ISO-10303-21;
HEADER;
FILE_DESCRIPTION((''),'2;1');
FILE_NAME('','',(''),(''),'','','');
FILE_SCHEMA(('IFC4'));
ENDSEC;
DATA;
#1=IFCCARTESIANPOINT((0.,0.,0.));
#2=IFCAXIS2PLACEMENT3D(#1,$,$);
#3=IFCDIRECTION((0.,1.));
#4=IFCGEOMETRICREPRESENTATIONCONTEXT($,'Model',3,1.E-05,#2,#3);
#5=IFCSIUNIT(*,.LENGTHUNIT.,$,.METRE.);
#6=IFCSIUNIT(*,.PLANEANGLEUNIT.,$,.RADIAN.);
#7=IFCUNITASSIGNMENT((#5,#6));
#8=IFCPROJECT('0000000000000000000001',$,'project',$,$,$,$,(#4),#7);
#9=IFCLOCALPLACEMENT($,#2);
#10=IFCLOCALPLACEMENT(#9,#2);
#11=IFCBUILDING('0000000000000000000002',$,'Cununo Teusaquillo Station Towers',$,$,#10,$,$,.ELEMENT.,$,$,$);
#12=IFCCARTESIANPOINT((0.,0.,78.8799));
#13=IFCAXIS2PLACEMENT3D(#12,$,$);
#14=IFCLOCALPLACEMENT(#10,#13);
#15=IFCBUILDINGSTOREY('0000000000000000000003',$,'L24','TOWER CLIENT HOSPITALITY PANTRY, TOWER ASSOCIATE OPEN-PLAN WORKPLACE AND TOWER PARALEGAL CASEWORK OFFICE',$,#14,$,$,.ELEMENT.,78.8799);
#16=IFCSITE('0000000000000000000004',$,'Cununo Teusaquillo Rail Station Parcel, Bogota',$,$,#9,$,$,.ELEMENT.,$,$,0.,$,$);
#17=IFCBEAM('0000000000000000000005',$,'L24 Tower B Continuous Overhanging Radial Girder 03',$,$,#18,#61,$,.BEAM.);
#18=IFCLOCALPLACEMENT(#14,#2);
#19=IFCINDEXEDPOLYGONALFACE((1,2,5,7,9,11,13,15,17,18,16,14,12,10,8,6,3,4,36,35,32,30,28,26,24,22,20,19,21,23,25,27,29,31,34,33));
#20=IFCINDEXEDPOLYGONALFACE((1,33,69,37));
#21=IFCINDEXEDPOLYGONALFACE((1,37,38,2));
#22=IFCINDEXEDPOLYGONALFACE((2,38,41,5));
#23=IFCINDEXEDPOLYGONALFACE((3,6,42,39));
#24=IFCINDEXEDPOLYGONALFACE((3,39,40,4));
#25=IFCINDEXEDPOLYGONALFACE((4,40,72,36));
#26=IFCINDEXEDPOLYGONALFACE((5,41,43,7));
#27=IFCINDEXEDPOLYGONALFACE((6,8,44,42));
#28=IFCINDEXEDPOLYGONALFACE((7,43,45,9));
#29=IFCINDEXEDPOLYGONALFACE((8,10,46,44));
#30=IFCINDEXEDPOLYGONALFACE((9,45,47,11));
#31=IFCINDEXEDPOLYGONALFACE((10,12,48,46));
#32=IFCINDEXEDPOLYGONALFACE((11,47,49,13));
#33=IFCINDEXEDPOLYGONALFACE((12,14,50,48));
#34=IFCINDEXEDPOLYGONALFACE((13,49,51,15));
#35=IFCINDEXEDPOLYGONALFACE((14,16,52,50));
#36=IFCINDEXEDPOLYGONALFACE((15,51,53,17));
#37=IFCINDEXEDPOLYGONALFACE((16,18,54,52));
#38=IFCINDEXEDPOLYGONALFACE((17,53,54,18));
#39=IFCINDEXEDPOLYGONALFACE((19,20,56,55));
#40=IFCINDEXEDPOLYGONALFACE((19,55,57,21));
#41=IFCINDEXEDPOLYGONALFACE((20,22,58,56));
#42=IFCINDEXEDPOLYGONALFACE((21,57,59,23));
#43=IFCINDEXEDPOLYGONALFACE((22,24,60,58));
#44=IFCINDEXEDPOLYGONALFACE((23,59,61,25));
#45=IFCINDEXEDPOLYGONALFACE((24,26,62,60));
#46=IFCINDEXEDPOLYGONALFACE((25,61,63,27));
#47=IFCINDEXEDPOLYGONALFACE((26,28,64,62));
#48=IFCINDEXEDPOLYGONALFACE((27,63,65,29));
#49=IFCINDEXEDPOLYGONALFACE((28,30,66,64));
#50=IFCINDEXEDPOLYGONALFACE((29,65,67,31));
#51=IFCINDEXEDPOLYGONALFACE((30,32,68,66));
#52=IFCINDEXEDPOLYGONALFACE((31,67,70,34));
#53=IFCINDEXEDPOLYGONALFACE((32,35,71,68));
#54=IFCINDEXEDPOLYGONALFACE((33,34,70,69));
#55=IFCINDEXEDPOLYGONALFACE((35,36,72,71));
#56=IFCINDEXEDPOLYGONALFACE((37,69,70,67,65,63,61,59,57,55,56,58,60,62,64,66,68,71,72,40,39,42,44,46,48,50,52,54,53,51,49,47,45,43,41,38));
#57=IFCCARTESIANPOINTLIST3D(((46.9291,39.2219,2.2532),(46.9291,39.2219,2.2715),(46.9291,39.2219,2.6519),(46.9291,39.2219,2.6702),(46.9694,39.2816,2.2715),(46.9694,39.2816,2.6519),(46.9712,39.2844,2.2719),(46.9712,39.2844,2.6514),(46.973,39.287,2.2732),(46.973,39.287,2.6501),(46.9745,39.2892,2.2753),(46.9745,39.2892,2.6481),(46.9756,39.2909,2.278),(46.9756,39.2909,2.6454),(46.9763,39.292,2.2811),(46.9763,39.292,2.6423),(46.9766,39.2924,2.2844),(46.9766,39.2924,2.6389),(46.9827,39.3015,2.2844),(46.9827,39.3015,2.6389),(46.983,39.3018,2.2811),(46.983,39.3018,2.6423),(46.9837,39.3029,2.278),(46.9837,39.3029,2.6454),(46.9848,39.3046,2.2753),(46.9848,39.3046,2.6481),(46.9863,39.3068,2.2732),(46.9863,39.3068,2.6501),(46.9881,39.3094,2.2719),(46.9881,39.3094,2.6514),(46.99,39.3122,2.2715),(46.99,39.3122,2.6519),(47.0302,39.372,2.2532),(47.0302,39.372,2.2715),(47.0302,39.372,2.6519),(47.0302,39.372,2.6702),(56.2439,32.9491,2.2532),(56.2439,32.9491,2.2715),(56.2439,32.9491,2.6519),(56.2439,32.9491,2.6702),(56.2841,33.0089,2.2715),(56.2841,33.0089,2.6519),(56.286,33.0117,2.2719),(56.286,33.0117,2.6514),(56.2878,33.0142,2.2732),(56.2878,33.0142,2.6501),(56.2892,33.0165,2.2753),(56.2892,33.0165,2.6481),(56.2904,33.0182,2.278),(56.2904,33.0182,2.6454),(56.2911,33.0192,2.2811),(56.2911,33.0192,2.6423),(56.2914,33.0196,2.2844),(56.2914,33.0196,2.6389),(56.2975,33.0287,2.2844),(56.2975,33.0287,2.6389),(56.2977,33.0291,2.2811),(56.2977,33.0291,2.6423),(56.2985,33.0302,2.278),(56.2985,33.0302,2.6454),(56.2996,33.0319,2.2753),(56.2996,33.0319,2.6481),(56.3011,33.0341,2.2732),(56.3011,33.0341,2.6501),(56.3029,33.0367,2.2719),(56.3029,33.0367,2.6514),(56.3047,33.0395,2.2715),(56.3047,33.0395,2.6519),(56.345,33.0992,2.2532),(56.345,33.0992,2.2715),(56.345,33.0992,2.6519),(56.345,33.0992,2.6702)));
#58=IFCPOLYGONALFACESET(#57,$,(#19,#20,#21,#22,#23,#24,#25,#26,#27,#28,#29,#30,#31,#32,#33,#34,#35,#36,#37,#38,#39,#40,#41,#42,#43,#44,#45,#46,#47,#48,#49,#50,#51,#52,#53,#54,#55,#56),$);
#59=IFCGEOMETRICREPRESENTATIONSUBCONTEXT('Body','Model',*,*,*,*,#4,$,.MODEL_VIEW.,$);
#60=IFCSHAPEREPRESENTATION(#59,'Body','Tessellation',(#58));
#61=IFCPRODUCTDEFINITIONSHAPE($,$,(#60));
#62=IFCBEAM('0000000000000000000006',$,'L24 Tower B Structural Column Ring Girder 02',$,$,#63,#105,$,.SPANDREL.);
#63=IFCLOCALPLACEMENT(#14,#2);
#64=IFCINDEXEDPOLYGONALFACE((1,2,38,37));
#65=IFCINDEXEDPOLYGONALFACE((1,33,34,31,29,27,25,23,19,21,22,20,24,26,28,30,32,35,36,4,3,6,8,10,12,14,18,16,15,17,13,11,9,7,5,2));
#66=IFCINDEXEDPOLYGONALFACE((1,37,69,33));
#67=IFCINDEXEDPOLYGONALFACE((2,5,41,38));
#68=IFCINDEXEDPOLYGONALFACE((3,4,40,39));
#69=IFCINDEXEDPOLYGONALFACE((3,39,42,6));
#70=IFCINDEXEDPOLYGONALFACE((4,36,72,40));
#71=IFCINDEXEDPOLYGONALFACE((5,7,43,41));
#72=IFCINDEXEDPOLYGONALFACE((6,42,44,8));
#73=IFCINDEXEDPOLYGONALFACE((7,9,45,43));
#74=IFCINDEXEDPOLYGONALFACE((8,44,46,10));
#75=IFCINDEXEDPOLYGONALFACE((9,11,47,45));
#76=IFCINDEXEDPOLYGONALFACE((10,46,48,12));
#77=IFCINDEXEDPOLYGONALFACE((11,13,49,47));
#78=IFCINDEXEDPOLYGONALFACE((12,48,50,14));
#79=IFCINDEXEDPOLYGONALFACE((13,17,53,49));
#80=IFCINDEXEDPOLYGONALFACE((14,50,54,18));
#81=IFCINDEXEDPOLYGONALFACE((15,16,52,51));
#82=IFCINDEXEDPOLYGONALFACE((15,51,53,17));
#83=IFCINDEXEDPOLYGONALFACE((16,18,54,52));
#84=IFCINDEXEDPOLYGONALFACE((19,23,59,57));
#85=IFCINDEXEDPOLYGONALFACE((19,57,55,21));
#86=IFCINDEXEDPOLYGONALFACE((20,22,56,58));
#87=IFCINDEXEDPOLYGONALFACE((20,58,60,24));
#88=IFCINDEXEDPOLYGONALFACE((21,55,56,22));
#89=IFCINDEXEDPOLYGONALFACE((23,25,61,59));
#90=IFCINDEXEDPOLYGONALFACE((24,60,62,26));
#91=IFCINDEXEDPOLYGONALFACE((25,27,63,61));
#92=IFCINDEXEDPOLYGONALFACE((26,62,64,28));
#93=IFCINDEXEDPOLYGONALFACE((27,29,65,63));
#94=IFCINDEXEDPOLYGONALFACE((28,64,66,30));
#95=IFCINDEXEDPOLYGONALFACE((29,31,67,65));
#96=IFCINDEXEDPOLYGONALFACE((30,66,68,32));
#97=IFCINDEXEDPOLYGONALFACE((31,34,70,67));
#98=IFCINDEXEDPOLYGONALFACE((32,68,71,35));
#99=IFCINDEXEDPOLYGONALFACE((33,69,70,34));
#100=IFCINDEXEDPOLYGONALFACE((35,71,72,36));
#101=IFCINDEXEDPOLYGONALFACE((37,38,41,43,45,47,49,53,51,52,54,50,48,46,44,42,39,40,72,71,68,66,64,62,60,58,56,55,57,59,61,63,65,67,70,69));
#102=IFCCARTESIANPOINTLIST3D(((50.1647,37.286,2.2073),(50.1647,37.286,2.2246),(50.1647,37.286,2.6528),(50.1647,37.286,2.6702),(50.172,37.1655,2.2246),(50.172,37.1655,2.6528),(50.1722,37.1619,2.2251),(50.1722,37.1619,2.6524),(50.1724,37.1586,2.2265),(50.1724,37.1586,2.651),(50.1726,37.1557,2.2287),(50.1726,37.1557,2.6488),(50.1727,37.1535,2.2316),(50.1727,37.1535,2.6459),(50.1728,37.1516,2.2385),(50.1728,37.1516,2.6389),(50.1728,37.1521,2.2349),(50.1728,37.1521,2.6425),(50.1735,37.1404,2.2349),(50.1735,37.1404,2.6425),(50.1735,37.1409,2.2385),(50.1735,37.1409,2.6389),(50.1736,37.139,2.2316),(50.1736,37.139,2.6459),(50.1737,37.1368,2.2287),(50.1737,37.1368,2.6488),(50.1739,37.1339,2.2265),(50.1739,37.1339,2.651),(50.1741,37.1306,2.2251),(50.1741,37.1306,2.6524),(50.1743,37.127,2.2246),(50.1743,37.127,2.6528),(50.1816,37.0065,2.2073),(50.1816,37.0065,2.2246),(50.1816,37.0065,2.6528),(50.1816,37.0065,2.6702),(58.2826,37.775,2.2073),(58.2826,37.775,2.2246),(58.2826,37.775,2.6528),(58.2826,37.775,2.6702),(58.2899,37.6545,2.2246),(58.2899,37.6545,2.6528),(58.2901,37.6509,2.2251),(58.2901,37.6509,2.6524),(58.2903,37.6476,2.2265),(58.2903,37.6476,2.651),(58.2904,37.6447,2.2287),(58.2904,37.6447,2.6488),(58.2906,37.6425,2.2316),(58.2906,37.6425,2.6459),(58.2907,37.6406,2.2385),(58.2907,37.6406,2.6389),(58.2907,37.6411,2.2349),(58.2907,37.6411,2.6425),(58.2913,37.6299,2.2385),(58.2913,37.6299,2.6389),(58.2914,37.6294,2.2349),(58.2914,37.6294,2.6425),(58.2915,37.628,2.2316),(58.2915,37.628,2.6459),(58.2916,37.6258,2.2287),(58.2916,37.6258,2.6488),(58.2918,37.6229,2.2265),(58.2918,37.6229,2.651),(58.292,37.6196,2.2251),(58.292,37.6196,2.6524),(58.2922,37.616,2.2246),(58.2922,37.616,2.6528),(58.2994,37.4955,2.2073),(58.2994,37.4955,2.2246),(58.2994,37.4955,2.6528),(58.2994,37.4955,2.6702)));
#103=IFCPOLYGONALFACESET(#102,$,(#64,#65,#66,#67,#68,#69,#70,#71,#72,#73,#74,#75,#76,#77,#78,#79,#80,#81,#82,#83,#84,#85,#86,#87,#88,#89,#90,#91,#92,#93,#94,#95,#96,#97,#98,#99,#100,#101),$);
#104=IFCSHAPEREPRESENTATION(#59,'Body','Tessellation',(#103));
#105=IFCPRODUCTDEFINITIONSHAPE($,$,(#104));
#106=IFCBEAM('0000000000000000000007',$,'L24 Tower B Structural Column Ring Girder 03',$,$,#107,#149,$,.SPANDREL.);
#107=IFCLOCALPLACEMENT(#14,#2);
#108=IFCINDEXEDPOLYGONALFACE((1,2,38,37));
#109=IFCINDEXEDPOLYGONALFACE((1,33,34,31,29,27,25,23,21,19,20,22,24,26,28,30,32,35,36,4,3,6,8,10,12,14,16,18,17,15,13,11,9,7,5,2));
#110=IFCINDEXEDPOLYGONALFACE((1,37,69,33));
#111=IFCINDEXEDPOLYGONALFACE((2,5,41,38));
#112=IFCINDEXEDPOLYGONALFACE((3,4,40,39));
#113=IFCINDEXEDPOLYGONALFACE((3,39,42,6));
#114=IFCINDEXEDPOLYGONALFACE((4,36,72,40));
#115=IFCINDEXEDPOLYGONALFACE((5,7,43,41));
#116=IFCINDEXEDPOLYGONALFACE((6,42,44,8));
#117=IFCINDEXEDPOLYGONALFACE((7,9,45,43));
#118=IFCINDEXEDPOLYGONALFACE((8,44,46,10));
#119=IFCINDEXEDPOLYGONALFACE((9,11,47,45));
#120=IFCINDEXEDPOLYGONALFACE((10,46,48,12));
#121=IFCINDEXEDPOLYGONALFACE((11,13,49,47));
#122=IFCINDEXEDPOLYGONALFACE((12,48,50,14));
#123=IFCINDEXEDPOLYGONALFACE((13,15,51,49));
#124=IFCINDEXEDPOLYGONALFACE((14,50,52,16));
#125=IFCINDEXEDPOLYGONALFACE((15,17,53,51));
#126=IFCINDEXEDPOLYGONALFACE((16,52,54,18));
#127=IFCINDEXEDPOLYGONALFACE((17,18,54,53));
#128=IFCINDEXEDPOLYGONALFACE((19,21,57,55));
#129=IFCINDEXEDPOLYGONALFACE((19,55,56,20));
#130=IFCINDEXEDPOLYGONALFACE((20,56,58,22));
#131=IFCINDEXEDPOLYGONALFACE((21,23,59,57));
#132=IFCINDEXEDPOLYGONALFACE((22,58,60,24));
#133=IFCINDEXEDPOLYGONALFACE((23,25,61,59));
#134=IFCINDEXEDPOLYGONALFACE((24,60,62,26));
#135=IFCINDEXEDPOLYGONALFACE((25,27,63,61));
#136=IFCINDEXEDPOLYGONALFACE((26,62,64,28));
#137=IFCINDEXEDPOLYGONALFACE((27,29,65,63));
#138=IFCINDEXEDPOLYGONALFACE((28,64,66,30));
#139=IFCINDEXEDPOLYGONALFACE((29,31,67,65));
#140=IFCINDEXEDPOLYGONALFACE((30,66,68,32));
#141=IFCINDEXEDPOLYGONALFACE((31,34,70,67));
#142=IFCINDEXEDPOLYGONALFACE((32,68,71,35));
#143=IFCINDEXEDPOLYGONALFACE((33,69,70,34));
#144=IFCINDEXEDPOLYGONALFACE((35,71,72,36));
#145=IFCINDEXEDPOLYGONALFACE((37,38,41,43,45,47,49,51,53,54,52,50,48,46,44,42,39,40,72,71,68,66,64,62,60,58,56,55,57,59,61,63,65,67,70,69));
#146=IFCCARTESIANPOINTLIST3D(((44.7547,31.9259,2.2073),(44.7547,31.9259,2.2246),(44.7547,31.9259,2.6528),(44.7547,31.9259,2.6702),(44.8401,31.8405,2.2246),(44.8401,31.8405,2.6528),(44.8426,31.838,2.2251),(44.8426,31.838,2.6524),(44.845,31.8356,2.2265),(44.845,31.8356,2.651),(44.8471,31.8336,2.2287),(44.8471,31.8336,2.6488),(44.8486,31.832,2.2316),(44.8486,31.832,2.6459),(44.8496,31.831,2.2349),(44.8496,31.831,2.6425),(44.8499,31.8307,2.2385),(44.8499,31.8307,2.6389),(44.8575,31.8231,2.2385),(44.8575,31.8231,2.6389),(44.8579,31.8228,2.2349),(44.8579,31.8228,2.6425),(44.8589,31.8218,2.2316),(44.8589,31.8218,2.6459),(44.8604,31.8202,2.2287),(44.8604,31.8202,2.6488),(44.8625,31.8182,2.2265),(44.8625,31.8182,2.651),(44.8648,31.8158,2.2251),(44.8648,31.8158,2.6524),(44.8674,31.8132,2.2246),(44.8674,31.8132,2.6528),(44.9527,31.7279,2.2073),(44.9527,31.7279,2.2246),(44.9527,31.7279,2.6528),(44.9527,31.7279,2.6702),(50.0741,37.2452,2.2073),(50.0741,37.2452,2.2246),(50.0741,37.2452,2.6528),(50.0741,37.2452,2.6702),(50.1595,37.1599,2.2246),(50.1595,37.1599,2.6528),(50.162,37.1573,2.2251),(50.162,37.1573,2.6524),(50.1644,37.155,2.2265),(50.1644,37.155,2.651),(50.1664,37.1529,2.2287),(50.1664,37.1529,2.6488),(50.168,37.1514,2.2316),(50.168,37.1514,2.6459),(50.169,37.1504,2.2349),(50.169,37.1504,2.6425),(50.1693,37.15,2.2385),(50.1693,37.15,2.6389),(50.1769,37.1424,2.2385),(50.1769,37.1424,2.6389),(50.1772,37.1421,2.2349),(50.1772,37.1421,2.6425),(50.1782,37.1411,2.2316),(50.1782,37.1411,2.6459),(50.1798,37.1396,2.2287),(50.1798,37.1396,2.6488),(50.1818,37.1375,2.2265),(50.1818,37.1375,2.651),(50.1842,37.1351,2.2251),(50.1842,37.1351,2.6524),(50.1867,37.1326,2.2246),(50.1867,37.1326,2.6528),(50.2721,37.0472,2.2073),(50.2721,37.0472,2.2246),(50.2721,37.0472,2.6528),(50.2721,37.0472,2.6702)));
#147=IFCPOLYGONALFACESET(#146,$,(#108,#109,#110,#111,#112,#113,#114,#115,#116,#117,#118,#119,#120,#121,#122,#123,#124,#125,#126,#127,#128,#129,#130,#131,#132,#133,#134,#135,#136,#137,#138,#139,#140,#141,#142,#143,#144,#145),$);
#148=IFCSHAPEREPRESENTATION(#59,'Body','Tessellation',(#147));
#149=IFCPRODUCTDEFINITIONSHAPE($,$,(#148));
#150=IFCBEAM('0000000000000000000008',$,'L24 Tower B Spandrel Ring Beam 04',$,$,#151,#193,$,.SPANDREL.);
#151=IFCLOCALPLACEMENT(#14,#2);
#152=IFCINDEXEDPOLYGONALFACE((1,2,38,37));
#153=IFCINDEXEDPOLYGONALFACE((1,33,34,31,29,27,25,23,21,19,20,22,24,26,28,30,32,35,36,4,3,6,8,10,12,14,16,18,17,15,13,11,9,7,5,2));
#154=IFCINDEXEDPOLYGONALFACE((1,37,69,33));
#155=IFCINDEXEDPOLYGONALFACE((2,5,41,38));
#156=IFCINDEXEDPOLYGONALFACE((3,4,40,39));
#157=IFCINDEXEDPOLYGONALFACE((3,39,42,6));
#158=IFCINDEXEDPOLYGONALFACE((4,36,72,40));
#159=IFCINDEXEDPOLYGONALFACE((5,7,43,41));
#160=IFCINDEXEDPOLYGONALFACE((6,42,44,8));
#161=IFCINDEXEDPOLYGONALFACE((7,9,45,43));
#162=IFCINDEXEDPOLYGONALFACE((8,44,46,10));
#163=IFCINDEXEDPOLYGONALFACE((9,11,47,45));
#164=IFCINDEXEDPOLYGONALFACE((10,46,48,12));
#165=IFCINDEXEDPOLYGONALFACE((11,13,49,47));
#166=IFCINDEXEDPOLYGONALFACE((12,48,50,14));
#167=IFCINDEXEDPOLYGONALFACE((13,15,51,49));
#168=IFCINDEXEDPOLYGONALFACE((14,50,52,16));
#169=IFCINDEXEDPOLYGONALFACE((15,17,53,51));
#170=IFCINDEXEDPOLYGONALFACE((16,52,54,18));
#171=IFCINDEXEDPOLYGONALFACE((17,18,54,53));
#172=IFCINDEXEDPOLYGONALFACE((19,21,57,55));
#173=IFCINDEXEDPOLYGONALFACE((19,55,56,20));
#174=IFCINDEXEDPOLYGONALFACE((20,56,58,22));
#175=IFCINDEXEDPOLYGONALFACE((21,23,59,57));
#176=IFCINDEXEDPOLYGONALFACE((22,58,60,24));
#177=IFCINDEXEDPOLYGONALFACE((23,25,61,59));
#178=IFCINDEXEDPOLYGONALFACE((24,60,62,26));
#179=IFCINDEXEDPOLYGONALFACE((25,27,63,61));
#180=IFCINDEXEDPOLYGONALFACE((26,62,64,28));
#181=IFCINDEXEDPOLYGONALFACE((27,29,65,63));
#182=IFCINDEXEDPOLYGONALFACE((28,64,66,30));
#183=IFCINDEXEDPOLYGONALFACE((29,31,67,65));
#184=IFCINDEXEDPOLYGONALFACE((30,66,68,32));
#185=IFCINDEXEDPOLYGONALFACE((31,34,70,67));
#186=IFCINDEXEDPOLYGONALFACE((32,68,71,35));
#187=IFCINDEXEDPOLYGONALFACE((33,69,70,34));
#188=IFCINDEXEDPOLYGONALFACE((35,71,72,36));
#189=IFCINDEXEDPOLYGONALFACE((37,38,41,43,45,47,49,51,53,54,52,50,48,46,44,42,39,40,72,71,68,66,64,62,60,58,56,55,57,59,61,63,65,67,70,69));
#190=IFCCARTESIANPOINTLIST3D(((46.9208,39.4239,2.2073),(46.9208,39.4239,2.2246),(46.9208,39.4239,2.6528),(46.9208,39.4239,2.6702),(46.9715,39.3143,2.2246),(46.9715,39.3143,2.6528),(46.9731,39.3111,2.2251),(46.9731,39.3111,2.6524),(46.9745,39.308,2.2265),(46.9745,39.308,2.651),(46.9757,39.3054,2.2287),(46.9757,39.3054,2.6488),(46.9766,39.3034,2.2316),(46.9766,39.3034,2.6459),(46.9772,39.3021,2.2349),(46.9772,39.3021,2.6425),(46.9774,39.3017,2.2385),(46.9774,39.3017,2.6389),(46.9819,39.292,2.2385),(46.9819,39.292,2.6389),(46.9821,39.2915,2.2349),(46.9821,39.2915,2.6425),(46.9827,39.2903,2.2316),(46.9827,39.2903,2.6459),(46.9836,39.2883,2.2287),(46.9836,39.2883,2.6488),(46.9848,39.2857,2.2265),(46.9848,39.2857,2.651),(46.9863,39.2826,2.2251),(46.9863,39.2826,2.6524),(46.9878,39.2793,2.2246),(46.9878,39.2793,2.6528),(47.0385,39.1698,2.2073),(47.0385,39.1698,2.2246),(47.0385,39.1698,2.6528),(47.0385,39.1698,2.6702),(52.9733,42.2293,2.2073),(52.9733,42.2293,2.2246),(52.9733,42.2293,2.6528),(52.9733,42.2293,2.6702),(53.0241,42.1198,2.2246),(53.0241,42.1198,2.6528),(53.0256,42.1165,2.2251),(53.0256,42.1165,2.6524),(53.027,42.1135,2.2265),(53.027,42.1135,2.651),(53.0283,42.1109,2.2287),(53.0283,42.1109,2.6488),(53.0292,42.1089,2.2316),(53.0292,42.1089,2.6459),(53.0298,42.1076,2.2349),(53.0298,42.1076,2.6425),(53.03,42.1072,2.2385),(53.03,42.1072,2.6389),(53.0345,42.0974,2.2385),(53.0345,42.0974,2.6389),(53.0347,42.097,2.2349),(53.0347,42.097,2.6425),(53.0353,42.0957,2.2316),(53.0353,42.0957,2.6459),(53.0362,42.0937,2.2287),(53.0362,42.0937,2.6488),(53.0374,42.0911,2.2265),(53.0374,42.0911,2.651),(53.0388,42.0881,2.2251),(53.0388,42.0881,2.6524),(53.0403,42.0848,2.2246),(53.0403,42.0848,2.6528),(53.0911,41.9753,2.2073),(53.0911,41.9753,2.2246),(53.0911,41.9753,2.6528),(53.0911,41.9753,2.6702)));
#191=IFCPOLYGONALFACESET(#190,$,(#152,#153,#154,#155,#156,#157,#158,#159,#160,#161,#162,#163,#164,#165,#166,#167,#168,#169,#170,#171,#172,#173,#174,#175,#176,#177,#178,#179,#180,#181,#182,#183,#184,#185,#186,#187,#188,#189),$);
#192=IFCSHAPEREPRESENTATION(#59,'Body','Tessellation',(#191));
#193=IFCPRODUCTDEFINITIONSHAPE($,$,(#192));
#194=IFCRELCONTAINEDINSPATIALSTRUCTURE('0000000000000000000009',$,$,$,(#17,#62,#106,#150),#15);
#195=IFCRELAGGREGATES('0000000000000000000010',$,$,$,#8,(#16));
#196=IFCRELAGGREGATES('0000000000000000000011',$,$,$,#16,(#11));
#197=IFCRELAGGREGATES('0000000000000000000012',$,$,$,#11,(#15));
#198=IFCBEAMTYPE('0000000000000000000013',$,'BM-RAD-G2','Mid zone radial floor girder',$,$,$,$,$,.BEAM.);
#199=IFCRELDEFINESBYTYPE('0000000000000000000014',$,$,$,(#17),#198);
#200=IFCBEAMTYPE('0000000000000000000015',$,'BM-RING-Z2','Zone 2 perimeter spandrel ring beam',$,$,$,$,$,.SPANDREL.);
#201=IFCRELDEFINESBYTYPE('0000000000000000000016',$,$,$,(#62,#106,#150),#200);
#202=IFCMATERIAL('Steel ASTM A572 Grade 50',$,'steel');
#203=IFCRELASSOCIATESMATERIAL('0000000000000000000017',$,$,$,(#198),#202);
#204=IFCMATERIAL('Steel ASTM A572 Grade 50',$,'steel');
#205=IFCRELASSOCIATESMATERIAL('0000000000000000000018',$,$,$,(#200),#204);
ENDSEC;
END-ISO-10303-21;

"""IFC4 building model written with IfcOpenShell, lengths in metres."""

from ifc_helpers import new_model, si_unit, direction, frame, origin, origin_2d, place, context, subcontext, project, spatial, i_section, extrude, material, material_profile, profile_set, type_object, element, save


model = new_model("IFC4")

# Units and contexts
model_context = context("Model", 3, precision=1e-05, world=origin(), true_north=direction((0.0, 1.0)))
body_context = subcontext(model_context, "Body", "Model", "MODEL_VIEW")
ifc_project = project(units=[si_unit("LENGTHUNIT", "METRE"), si_unit("PLANEANGLEUNIT", "RADIAN")], contexts=[model_context])

# Site, building, storey
site_placement = place(None, origin())
site = spatial("IfcSite", under=ifc_project, at=site_placement, Name="Cununo Teusaquillo Rail Station Parcel, Bogota", CompositionType="ELEMENT", RefElevation=0.0)
building_placement = place(site_placement, origin())
building = spatial("IfcBuilding", under=site, at=building_placement, Name="Cununo Teusaquillo Station Towers", CompositionType="ELEMENT")
storey_placement = place(building_placement, frame((0.0, 0.0, 78.8799)))
storey = spatial("IfcBuildingStorey", under=building, at=storey_placement, Name="L24", Description="TOWER CLIENT HOSPITALITY PANTRY, TOWER ASSOCIATE OPEN-PLAN WORKPLACE AND TOWER PARALEGAL CASEWORK OFFICE", CompositionType="ELEMENT", Elevation=78.8799)

# Beams
ifc_material_1 = material(Name="Steel ASTM A572 Grade 50", Category="steel")
ifc_material_profile_1 = material_profile(ifc_material_1, i_section(OverallWidth=0.1809, OverallDepth=0.417, WebThickness=0.011, FlangeThickness=0.0183, FilletRadius=0.0129, at=origin_2d()), Name="W16X57")
ifc_profile_set_1 = profile_set([ifc_material_profile_1], Name="Steel ASTM A572 Grade 50")
beam_type_1 = type_object("IfcBeamType", Name="BM-RAD-G2", Description="Mid zone radial floor girder", PredefinedType="BEAM", material=ifc_profile_set_1)
beam_1_placement = place(storey_placement, frame((56.2944, 33.0242, 2.4617), z_axis=(-0.829456, 0.558572, 0.0), x_axis=(-0.558572, -0.829456, 0.0)))
element("IfcBeam", 1, at=beam_1_placement, inside=storey, type_object=beam_type_1, Name="L24 Tower B Continuous Overhanging Radial Girder 03", PredefinedType="BEAM", context=body_context, shape_type="SweptSolid", body=[
    extrude(i_section(OverallWidth=0.1809, OverallDepth=0.417, WebThickness=0.011, FlangeThickness=0.0183, FilletRadius=0.0129, at=origin_2d()), origin(), (0.0, 0.0, 1.0), 11.23),
])
ifc_material_2 = material(Name="Steel ASTM A572 Grade 50", Category="steel")
ifc_material_profile_2 = material_profile(ifc_material_2, i_section(OverallWidth=0.28, OverallDepth=0.4629, WebThickness=0.0107, FlangeThickness=0.0173, FilletRadius=0.0139, at=origin_2d()), Name="W18X76")
ifc_profile_set_2 = profile_set([ifc_material_profile_2], Name="Steel ASTM A572 Grade 50")
beam_type_2 = type_object("IfcBeamType", Name="BM-RING-Z2", Description="Zone 2 perimeter spandrel ring beam", PredefinedType="SPANDREL", material=ifc_profile_set_2)
beam_2_placement = place(storey_placement, frame((58.291, 37.6353, 2.4387), z_axis=(-0.998191, -0.06013, 0.0), x_axis=(0.06013, -0.998191, 0.0)))
element("IfcBeam", 2, at=beam_2_placement, inside=storey, type_object=beam_type_2, Name="L24 Tower B Structural Column Ring Girder 02", PredefinedType="SPANDREL", context=body_context, shape_type="SweptSolid", body=[
    extrude(i_section(OverallWidth=0.28, OverallDepth=0.4629, WebThickness=0.0107, FlangeThickness=0.0173, FilletRadius=0.0139, at=origin_2d()), origin(), (0.0, 0.0, 1.0), 8.1326),
])
beam_3_placement = place(storey_placement, frame((50.1731, 37.1462, 2.4387), z_axis=(-0.707107, -0.707107, 0.0), x_axis=(0.707107, -0.707107, 0.0)))
element("IfcBeam", 3, at=beam_3_placement, inside=storey, type_object=beam_type_2, Name="L24 Tower B Structural Column Ring Girder 03", PredefinedType="SPANDREL", context=body_context, shape_type="SweptSolid", body=[
    extrude(i_section(OverallWidth=0.28, OverallDepth=0.4629, WebThickness=0.0107, FlangeThickness=0.0173, FilletRadius=0.0139, at=origin_2d()), origin(), (0.0, 0.0, 1.0), 7.5227),
])
beam_4_placement = place(storey_placement, frame((53.0322, 42.1023, 2.4387), z_axis=(-0.907276, -0.420536, 0.0), x_axis=(0.420536, -0.907276, 0.0)))
element("IfcBeam", 4, at=beam_4_placement, inside=storey, type_object=beam_type_2, Name="L24 Tower B Spandrel Ring Beam 04", PredefinedType="SPANDREL", context=body_context, shape_type="SweptSolid", body=[
    extrude(i_section(OverallWidth=0.28, OverallDepth=0.4629, WebThickness=0.0107, FlangeThickness=0.0173, FilletRadius=0.0139, at=origin_2d()), origin(), (0.0, 0.0, 1.0), 6.6711),
])

save(model, "model.ifc")
